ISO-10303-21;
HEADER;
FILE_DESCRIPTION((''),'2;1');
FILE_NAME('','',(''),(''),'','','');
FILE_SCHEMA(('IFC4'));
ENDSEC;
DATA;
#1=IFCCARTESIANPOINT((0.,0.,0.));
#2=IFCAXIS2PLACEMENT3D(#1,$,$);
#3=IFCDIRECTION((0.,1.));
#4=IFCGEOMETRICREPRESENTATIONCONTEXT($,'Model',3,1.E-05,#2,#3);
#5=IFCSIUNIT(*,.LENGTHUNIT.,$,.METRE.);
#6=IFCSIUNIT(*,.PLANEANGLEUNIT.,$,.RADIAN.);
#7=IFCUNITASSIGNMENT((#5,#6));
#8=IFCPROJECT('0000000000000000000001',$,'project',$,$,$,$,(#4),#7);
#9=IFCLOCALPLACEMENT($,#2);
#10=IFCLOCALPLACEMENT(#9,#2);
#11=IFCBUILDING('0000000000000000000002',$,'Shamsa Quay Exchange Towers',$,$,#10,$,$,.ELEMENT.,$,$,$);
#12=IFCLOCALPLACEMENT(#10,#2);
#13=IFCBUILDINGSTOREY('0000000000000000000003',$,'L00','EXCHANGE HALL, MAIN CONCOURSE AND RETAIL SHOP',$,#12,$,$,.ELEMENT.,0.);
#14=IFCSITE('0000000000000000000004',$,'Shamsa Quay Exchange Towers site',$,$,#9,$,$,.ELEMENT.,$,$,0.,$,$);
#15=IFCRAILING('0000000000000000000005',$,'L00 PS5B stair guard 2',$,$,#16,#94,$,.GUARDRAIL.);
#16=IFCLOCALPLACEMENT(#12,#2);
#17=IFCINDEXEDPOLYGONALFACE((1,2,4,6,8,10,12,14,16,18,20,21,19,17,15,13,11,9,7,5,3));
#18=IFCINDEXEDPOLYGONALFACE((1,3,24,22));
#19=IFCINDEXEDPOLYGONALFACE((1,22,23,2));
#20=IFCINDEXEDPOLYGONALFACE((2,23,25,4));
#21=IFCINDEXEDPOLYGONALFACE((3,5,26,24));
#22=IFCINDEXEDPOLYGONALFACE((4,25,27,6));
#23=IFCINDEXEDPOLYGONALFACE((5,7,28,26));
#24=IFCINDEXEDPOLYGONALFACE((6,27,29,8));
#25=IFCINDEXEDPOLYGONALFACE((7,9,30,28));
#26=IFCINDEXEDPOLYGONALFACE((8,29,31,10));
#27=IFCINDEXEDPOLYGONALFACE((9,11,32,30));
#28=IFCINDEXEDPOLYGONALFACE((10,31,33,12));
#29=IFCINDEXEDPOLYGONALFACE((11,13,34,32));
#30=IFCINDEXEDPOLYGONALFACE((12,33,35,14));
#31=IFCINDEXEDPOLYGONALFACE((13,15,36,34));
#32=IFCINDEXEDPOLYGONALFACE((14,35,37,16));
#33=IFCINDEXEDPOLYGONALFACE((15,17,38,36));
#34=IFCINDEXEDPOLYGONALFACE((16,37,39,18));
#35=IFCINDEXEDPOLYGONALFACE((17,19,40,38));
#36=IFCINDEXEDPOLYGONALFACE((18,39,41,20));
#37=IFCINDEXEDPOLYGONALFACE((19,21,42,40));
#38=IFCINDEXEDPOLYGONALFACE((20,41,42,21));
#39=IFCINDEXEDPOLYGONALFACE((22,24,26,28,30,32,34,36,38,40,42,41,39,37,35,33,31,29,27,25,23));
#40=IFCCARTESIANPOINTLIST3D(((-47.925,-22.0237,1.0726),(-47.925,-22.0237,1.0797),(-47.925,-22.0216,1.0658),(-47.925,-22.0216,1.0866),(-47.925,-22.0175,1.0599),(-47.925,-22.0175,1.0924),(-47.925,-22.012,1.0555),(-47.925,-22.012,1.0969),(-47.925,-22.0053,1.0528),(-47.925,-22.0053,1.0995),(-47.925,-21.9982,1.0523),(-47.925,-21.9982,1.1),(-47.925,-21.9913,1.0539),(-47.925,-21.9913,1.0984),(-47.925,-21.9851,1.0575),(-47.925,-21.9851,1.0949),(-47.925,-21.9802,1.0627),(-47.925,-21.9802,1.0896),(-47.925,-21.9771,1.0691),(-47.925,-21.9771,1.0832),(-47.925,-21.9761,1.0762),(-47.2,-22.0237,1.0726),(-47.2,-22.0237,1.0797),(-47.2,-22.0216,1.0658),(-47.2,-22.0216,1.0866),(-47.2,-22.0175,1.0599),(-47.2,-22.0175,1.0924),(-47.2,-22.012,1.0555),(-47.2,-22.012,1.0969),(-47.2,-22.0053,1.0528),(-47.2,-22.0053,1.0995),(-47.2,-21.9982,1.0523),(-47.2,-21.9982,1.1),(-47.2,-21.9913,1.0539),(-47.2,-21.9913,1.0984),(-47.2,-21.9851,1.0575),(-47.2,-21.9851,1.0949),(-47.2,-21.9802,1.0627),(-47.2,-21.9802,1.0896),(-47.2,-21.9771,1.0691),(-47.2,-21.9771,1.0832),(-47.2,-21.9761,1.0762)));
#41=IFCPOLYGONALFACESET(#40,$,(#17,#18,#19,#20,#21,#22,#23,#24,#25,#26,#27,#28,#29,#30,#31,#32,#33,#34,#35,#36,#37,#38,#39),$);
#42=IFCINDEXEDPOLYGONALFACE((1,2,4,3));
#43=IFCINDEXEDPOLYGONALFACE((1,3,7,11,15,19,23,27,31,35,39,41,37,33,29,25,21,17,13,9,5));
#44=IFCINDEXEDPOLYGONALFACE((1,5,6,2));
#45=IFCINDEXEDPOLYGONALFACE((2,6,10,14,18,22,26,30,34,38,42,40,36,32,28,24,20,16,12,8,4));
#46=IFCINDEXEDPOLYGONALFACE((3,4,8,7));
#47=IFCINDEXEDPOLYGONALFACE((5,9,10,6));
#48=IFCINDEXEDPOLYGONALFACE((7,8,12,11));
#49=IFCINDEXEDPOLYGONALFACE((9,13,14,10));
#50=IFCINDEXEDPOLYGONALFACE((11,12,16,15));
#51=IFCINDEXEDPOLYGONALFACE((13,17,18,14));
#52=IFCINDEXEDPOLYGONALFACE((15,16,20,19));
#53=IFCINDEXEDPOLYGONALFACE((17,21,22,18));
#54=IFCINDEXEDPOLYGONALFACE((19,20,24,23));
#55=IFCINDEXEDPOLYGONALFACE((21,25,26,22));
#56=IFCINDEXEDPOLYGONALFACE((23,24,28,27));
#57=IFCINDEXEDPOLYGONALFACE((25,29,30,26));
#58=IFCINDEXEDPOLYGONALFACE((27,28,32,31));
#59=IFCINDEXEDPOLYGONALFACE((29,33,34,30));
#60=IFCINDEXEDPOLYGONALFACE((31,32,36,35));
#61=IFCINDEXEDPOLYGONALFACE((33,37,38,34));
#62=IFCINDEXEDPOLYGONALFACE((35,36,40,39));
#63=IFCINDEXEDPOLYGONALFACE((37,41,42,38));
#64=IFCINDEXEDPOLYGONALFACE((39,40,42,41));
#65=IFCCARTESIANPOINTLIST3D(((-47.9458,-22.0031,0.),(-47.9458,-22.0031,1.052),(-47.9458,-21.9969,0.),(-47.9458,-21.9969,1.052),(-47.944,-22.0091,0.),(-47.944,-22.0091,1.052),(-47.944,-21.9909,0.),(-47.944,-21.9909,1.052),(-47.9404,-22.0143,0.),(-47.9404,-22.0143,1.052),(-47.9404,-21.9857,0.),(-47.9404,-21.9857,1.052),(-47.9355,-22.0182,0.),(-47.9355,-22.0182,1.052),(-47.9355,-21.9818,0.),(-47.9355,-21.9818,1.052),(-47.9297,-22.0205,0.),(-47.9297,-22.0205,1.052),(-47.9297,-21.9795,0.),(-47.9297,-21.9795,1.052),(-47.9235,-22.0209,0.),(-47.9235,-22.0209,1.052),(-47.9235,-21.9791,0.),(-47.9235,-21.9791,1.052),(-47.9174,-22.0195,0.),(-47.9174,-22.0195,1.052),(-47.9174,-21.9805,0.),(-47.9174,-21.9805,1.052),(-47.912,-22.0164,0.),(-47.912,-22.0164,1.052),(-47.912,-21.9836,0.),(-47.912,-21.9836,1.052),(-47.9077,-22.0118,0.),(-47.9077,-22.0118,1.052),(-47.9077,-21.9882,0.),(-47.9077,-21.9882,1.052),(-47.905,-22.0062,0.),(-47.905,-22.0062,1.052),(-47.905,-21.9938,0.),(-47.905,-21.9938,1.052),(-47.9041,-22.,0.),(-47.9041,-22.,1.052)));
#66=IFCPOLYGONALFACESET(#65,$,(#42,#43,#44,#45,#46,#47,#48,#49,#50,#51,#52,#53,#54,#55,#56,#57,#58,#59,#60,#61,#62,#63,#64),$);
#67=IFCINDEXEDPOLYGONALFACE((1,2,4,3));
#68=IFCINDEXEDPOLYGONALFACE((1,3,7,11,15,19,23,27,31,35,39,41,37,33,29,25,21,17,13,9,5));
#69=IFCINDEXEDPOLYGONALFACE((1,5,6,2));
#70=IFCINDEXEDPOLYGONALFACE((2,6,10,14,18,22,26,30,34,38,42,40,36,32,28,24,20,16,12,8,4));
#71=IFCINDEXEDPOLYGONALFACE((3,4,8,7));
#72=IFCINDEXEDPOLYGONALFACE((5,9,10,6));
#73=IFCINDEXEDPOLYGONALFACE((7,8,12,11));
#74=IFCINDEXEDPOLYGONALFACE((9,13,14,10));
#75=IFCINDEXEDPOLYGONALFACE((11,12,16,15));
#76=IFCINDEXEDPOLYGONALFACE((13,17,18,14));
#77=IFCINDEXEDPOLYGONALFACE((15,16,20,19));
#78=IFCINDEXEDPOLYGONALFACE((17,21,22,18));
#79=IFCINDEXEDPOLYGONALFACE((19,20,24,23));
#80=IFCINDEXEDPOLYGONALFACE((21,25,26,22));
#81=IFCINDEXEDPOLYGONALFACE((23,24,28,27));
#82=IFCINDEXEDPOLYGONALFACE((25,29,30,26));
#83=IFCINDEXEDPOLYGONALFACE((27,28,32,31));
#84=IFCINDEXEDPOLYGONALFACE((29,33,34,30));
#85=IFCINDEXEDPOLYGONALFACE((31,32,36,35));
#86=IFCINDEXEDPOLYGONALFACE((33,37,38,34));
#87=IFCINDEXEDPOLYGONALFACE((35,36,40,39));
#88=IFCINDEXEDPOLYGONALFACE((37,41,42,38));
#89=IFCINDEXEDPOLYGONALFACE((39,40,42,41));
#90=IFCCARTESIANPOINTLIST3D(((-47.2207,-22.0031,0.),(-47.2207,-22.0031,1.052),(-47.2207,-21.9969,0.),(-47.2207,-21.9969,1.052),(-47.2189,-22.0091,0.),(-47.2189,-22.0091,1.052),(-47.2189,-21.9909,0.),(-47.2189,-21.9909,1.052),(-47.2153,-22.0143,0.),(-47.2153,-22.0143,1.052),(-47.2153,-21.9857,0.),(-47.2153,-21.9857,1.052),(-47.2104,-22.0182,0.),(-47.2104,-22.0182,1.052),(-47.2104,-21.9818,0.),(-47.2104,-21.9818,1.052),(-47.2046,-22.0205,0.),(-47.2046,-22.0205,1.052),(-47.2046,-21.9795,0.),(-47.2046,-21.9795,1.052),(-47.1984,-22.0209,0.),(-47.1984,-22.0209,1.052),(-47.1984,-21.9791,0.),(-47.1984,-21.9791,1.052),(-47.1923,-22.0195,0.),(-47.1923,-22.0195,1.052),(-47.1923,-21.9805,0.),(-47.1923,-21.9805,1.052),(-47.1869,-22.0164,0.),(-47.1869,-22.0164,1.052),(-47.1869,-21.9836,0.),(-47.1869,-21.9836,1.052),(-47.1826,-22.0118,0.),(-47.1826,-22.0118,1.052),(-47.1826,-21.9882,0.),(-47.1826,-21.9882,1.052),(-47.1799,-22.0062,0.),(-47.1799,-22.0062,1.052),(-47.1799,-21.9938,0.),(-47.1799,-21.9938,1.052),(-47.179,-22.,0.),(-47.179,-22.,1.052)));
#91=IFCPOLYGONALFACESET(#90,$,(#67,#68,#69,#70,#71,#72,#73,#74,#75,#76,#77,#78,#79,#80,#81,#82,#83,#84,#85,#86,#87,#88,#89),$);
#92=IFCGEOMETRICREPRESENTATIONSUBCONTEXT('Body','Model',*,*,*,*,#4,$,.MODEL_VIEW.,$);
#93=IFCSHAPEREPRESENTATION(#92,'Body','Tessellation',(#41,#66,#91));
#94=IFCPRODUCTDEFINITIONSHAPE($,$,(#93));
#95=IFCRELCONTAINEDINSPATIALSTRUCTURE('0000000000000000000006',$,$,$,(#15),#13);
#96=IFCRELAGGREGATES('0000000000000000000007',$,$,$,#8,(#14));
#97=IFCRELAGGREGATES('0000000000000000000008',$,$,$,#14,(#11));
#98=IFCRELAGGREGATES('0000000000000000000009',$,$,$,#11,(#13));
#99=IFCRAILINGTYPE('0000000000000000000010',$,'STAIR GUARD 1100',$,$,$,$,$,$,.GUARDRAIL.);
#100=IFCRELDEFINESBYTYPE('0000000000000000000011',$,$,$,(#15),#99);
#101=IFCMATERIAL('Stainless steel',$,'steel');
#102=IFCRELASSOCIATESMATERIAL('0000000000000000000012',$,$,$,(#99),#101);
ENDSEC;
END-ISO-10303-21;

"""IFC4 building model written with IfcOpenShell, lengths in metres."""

from ifc_helpers import new_model, si_unit, direction, frame, origin, origin_2d, place, context, subcontext, project, spatial, circle, extrude, material, type_object, element, save


model = new_model("IFC4")

# Units and contexts
model_context = context("Model", 3, precision=1e-05, world=origin(), true_north=direction((0.0, 1.0)))
body_context = subcontext(model_context, "Body", "Model", "MODEL_VIEW")
ifc_project = project(units=[si_unit("LENGTHUNIT", "METRE"), si_unit("PLANEANGLEUNIT", "RADIAN")], contexts=[model_context])

# Site, building, storey
site_placement = place(None, origin())
site = spatial("IfcSite", under=ifc_project, at=site_placement, Name="Shamsa Quay Exchange Towers site", CompositionType="ELEMENT", RefElevation=0.0)
building_placement = place(site_placement, origin())
building = spatial("IfcBuilding", under=site, at=building_placement, Name="Shamsa Quay Exchange Towers", CompositionType="ELEMENT")
storey_placement = place(building_placement, origin())
storey = spatial("IfcBuildingStorey", under=building, at=storey_placement, Name="L00", Description="EXCHANGE HALL, MAIN CONCOURSE AND RETAIL SHOP", CompositionType="ELEMENT", Elevation=0.0)

# Railing
ifc_material_1 = material(Name="Stainless steel", Category="steel")
railing_type_1 = type_object("IfcRailingType", Name="STAIR GUARD 1100", PredefinedType="GUARDRAIL", material=ifc_material_1)
railing_1_placement = place(storey_placement, frame((-47.925, -22.0, 0.0)))
element("IfcRailing", 1, at=railing_1_placement, inside=storey, type_object=railing_type_1, Name="L00 PS5B stair guard 2", PredefinedType="GUARDRAIL", context=body_context, shape_type="SweptSolid", body=[
    extrude(circle(Radius=0.0239, at=origin_2d()), frame((0.0, 0.0, 1.0762), z_axis=(1.0, 0.0, 0.0), x_axis=(0.0, 1.0, 0.0)), (0.0, 0.0, 1.0), 0.7251),
    extrude(circle(Radius=0.021, at=origin_2d()), origin(), (0.0, 0.0, 1.0), 1.052),
    extrude(circle(Radius=0.021, at=origin_2d()), frame((0.7251, 0.0, 0.0)), (0.0, 0.0, 1.0), 1.052),
])

save(model, "model.ifc")
